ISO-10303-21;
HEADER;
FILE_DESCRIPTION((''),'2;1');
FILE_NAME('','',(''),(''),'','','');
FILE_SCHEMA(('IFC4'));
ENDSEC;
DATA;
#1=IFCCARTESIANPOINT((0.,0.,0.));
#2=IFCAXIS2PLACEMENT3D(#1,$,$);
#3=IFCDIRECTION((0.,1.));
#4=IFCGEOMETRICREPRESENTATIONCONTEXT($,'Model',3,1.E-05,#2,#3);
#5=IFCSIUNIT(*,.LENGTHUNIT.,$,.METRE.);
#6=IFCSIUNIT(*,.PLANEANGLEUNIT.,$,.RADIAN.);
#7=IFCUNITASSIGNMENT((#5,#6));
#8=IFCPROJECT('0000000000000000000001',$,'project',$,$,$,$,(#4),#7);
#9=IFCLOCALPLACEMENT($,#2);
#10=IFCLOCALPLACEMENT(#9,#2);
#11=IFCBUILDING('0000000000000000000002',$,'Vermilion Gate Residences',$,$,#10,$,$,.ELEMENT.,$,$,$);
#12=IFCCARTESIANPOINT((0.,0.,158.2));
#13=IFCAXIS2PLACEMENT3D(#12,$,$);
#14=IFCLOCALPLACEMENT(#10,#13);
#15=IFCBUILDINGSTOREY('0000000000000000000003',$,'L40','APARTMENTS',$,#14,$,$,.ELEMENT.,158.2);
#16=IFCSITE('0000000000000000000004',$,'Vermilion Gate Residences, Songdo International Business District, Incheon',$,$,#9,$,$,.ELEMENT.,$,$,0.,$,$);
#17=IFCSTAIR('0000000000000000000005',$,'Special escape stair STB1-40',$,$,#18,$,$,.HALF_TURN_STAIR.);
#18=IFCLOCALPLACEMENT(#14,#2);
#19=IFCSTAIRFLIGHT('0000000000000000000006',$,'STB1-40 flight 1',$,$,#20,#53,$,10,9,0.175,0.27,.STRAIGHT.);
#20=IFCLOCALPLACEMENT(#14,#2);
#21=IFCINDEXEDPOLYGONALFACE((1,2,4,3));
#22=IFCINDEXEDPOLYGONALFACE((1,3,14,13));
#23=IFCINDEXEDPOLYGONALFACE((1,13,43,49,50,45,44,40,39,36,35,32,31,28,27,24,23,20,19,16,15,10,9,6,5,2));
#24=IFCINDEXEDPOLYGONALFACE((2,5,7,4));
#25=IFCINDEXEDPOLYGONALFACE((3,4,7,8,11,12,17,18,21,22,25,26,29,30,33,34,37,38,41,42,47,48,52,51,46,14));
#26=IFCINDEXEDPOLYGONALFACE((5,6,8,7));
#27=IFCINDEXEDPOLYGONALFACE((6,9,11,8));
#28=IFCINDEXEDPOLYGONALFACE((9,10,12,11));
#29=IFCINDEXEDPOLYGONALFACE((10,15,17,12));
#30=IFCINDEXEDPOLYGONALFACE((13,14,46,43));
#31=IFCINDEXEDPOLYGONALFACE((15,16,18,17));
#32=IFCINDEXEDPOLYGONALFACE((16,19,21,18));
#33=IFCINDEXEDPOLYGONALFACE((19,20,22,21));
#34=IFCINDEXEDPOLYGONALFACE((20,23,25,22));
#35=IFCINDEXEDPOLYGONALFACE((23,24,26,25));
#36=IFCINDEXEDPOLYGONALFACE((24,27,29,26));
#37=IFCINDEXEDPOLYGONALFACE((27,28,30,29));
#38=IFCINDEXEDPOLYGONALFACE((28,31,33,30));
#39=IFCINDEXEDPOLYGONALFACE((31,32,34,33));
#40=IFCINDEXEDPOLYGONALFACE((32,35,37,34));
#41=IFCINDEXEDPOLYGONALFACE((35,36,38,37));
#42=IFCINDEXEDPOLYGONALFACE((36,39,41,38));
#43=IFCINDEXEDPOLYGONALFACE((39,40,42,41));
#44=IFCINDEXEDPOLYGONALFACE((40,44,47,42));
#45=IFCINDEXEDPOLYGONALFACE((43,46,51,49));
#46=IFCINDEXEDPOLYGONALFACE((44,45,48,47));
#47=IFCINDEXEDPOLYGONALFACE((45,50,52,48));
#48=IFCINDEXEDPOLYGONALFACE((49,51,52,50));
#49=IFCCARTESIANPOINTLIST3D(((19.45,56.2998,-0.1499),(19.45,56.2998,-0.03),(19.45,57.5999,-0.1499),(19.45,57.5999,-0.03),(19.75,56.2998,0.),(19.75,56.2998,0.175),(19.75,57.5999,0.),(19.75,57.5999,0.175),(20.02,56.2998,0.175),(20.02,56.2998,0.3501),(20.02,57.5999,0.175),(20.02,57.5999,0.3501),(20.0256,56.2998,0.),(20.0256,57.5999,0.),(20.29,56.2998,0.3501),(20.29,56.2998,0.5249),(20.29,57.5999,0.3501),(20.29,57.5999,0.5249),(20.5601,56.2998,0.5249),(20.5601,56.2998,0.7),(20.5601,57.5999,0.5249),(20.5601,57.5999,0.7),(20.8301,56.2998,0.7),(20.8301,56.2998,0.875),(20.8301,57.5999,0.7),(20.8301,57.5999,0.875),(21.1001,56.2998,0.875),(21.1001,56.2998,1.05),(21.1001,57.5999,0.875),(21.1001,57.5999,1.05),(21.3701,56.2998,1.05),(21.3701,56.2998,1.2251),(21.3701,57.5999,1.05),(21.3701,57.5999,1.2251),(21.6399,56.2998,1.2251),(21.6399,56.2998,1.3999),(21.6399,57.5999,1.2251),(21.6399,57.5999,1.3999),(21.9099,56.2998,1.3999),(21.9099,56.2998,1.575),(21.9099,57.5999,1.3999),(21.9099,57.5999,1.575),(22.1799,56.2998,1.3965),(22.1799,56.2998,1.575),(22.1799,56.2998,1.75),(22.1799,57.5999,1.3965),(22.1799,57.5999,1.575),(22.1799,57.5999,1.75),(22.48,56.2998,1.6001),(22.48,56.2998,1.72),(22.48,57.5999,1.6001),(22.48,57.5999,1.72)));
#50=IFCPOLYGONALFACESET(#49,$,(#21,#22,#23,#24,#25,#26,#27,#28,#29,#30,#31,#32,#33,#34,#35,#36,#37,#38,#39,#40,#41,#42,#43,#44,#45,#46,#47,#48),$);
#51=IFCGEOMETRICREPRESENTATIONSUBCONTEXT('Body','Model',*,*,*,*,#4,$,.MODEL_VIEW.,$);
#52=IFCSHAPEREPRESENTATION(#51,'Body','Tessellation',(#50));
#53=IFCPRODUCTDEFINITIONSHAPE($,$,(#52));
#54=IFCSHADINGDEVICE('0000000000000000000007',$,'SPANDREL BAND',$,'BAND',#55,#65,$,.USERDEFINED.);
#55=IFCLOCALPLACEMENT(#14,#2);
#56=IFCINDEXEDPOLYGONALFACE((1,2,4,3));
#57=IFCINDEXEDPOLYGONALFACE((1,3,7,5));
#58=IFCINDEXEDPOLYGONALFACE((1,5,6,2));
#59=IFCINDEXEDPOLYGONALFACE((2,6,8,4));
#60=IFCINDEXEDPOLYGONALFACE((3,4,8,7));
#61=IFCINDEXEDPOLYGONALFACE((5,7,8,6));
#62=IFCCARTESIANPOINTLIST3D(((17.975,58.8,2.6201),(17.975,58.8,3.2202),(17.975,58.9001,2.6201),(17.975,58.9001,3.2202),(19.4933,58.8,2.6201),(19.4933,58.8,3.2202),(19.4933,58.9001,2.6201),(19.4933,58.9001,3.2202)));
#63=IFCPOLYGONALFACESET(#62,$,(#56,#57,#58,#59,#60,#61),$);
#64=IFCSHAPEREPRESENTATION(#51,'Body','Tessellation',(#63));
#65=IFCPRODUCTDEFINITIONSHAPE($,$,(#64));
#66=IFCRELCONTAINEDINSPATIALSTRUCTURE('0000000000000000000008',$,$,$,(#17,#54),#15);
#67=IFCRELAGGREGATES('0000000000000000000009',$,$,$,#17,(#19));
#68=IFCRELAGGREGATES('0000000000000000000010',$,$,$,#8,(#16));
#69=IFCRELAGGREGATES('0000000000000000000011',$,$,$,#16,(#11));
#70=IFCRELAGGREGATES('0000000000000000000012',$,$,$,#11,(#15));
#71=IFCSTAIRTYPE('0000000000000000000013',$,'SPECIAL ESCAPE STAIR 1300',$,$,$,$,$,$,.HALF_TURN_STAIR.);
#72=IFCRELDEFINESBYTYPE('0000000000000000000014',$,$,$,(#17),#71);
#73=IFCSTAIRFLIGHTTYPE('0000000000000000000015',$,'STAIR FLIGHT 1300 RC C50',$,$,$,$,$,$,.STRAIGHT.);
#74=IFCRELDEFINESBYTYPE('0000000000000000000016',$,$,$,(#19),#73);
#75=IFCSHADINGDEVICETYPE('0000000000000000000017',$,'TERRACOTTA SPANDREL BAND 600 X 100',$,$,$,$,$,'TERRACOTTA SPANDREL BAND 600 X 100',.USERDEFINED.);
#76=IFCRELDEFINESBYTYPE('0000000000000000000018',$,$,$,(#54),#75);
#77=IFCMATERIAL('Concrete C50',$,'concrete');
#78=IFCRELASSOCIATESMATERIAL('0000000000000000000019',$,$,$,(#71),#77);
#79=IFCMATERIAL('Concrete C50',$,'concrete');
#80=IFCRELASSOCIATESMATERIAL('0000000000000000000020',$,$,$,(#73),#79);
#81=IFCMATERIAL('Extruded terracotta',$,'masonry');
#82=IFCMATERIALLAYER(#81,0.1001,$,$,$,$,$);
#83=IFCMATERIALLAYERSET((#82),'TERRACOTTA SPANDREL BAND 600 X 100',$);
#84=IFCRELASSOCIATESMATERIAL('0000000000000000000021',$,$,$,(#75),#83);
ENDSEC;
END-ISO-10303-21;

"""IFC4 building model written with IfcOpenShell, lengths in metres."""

from ifc_helpers import new_model, si_unit, direction, frame, origin, origin_2d, place, context, subcontext, project, spatial, polyline, rectangle, outline, extrude, material, layer, layer_set, type_object, element, aggregate, save


model = new_model("IFC4")

# Units and contexts
model_context = context("Model", 3, precision=1e-05, world=origin(), true_north=direction((0.0, 1.0)))
body_context = subcontext(model_context, "Body", "Model", "MODEL_VIEW")
ifc_project = project(units=[si_unit("LENGTHUNIT", "METRE"), si_unit("PLANEANGLEUNIT", "RADIAN")], contexts=[model_context])

# Site, building, storey
site_placement = place(None, origin())
site = spatial("IfcSite", under=ifc_project, at=site_placement, Name="Vermilion Gate Residences, Songdo International Business District, Incheon", CompositionType="ELEMENT", RefElevation=0.0)
building_placement = place(site_placement, origin())
building = spatial("IfcBuilding", under=site, at=building_placement, Name="Vermilion Gate Residences", CompositionType="ELEMENT")
storey_placement = place(building_placement, frame((0.0, 0.0, 158.2)))
storey = spatial("IfcBuildingStorey", under=building, at=storey_placement, Name="L40", Description="APARTMENTS", CompositionType="ELEMENT", Elevation=158.2)

# Stair, stair flight
ifc_material_1 = material(Name="Concrete C50", Category="concrete")
stair_type = type_object("IfcStairType", Name="SPECIAL ESCAPE STAIR 1300", PredefinedType="HALF_TURN_STAIR", material=ifc_material_1)
stair_placement = place(storey_placement, origin())
stair = element("IfcStair", 1, at=stair_placement, inside=storey, type_object=stair_type, Name="Special escape stair STB1-40", PredefinedType="HALF_TURN_STAIR")
ifc_material_2 = material(Name="Concrete C50", Category="concrete")
stair_flight_type = type_object("IfcStairFlightType", Name="STAIR FLIGHT 1300 RC C50", PredefinedType="STRAIGHT", material=ifc_material_2)
stair_flight_placement = place(storey_placement, frame((19.75, 56.95, 0.0), z_axis=(0.0, 0.0, 1.0), x_axis=(1.0, 0.0, 0.0)))
stair_flight = element("IfcStairFlight", 2, at=stair_flight_placement, type_object=stair_flight_type, Name="STB1-40 flight 1", NumberOfRisers=10, NumberOfTreads=9, PredefinedType="STRAIGHT", RiserHeight=0.175, TreadLength=0.27, context=body_context, shape_type="SweptSolid", body=[
    extrude(outline(polyline([(-0.3, -0.1499), (-0.3, -0.03), (0.0, 0.0), (0.0, 0.175), (0.27, 0.175), (0.27, 0.3501), (0.54, 0.3501), (0.54, 0.5249), (0.8101, 0.5249), (0.8101, 0.7), (1.0801, 0.7), (1.0801, 0.875), (1.3501, 0.875), (1.3501, 1.05), (1.6201, 1.05), (1.6201, 1.2251), (1.8899, 1.2251), (1.8899, 1.3999), (2.1599, 1.3999), (2.1599, 1.575), (2.4299, 1.575), (2.4299, 1.75), (2.73, 1.72), (2.73, 1.6001), (2.4299, 1.3965), (0.2756, 0.0), (-0.3, -0.1499)])), frame((0.0, 0.6499, 0.0), z_axis=(0.0, -1.0, 0.0), x_axis=(1.0, 0.0, 0.0)), (0.0, 0.0, 1.0), 1.3),
])
aggregate(stair, [stair_flight])

# Shading device
ifc_material_3 = material(Name="Extruded terracotta", Category="masonry")
ifc_layer_1 = layer(ifc_material_3, 0.1001)
ifc_layer_set_1 = layer_set([ifc_layer_1], Name="TERRACOTTA SPANDREL BAND 600 X 100")
shading_device_type = type_object("IfcShadingDeviceType", Name="TERRACOTTA SPANDREL BAND 600 X 100", ElementType="TERRACOTTA SPANDREL BAND 600 X 100", PredefinedType="USERDEFINED", material=ifc_layer_set_1)
shading_device_placement = place(storey_placement, frame((18.7341, 58.8501, 2.6201), z_axis=(0.0, 0.0, 1.0), x_axis=(1.0, 0.0, 0.0)))
element("IfcShadingDevice", 3, at=shading_device_placement, inside=storey, type_object=shading_device_type, Name="SPANDREL BAND", ObjectType="BAND", PredefinedType="USERDEFINED", context=body_context, shape_type="SweptSolid", body=[
    extrude(rectangle(XDim=1.5183, YDim=0.1001, at=origin_2d()), origin(), (0.0, 0.0, 1.0), 0.6001),
])

save(model, "model.ifc")
